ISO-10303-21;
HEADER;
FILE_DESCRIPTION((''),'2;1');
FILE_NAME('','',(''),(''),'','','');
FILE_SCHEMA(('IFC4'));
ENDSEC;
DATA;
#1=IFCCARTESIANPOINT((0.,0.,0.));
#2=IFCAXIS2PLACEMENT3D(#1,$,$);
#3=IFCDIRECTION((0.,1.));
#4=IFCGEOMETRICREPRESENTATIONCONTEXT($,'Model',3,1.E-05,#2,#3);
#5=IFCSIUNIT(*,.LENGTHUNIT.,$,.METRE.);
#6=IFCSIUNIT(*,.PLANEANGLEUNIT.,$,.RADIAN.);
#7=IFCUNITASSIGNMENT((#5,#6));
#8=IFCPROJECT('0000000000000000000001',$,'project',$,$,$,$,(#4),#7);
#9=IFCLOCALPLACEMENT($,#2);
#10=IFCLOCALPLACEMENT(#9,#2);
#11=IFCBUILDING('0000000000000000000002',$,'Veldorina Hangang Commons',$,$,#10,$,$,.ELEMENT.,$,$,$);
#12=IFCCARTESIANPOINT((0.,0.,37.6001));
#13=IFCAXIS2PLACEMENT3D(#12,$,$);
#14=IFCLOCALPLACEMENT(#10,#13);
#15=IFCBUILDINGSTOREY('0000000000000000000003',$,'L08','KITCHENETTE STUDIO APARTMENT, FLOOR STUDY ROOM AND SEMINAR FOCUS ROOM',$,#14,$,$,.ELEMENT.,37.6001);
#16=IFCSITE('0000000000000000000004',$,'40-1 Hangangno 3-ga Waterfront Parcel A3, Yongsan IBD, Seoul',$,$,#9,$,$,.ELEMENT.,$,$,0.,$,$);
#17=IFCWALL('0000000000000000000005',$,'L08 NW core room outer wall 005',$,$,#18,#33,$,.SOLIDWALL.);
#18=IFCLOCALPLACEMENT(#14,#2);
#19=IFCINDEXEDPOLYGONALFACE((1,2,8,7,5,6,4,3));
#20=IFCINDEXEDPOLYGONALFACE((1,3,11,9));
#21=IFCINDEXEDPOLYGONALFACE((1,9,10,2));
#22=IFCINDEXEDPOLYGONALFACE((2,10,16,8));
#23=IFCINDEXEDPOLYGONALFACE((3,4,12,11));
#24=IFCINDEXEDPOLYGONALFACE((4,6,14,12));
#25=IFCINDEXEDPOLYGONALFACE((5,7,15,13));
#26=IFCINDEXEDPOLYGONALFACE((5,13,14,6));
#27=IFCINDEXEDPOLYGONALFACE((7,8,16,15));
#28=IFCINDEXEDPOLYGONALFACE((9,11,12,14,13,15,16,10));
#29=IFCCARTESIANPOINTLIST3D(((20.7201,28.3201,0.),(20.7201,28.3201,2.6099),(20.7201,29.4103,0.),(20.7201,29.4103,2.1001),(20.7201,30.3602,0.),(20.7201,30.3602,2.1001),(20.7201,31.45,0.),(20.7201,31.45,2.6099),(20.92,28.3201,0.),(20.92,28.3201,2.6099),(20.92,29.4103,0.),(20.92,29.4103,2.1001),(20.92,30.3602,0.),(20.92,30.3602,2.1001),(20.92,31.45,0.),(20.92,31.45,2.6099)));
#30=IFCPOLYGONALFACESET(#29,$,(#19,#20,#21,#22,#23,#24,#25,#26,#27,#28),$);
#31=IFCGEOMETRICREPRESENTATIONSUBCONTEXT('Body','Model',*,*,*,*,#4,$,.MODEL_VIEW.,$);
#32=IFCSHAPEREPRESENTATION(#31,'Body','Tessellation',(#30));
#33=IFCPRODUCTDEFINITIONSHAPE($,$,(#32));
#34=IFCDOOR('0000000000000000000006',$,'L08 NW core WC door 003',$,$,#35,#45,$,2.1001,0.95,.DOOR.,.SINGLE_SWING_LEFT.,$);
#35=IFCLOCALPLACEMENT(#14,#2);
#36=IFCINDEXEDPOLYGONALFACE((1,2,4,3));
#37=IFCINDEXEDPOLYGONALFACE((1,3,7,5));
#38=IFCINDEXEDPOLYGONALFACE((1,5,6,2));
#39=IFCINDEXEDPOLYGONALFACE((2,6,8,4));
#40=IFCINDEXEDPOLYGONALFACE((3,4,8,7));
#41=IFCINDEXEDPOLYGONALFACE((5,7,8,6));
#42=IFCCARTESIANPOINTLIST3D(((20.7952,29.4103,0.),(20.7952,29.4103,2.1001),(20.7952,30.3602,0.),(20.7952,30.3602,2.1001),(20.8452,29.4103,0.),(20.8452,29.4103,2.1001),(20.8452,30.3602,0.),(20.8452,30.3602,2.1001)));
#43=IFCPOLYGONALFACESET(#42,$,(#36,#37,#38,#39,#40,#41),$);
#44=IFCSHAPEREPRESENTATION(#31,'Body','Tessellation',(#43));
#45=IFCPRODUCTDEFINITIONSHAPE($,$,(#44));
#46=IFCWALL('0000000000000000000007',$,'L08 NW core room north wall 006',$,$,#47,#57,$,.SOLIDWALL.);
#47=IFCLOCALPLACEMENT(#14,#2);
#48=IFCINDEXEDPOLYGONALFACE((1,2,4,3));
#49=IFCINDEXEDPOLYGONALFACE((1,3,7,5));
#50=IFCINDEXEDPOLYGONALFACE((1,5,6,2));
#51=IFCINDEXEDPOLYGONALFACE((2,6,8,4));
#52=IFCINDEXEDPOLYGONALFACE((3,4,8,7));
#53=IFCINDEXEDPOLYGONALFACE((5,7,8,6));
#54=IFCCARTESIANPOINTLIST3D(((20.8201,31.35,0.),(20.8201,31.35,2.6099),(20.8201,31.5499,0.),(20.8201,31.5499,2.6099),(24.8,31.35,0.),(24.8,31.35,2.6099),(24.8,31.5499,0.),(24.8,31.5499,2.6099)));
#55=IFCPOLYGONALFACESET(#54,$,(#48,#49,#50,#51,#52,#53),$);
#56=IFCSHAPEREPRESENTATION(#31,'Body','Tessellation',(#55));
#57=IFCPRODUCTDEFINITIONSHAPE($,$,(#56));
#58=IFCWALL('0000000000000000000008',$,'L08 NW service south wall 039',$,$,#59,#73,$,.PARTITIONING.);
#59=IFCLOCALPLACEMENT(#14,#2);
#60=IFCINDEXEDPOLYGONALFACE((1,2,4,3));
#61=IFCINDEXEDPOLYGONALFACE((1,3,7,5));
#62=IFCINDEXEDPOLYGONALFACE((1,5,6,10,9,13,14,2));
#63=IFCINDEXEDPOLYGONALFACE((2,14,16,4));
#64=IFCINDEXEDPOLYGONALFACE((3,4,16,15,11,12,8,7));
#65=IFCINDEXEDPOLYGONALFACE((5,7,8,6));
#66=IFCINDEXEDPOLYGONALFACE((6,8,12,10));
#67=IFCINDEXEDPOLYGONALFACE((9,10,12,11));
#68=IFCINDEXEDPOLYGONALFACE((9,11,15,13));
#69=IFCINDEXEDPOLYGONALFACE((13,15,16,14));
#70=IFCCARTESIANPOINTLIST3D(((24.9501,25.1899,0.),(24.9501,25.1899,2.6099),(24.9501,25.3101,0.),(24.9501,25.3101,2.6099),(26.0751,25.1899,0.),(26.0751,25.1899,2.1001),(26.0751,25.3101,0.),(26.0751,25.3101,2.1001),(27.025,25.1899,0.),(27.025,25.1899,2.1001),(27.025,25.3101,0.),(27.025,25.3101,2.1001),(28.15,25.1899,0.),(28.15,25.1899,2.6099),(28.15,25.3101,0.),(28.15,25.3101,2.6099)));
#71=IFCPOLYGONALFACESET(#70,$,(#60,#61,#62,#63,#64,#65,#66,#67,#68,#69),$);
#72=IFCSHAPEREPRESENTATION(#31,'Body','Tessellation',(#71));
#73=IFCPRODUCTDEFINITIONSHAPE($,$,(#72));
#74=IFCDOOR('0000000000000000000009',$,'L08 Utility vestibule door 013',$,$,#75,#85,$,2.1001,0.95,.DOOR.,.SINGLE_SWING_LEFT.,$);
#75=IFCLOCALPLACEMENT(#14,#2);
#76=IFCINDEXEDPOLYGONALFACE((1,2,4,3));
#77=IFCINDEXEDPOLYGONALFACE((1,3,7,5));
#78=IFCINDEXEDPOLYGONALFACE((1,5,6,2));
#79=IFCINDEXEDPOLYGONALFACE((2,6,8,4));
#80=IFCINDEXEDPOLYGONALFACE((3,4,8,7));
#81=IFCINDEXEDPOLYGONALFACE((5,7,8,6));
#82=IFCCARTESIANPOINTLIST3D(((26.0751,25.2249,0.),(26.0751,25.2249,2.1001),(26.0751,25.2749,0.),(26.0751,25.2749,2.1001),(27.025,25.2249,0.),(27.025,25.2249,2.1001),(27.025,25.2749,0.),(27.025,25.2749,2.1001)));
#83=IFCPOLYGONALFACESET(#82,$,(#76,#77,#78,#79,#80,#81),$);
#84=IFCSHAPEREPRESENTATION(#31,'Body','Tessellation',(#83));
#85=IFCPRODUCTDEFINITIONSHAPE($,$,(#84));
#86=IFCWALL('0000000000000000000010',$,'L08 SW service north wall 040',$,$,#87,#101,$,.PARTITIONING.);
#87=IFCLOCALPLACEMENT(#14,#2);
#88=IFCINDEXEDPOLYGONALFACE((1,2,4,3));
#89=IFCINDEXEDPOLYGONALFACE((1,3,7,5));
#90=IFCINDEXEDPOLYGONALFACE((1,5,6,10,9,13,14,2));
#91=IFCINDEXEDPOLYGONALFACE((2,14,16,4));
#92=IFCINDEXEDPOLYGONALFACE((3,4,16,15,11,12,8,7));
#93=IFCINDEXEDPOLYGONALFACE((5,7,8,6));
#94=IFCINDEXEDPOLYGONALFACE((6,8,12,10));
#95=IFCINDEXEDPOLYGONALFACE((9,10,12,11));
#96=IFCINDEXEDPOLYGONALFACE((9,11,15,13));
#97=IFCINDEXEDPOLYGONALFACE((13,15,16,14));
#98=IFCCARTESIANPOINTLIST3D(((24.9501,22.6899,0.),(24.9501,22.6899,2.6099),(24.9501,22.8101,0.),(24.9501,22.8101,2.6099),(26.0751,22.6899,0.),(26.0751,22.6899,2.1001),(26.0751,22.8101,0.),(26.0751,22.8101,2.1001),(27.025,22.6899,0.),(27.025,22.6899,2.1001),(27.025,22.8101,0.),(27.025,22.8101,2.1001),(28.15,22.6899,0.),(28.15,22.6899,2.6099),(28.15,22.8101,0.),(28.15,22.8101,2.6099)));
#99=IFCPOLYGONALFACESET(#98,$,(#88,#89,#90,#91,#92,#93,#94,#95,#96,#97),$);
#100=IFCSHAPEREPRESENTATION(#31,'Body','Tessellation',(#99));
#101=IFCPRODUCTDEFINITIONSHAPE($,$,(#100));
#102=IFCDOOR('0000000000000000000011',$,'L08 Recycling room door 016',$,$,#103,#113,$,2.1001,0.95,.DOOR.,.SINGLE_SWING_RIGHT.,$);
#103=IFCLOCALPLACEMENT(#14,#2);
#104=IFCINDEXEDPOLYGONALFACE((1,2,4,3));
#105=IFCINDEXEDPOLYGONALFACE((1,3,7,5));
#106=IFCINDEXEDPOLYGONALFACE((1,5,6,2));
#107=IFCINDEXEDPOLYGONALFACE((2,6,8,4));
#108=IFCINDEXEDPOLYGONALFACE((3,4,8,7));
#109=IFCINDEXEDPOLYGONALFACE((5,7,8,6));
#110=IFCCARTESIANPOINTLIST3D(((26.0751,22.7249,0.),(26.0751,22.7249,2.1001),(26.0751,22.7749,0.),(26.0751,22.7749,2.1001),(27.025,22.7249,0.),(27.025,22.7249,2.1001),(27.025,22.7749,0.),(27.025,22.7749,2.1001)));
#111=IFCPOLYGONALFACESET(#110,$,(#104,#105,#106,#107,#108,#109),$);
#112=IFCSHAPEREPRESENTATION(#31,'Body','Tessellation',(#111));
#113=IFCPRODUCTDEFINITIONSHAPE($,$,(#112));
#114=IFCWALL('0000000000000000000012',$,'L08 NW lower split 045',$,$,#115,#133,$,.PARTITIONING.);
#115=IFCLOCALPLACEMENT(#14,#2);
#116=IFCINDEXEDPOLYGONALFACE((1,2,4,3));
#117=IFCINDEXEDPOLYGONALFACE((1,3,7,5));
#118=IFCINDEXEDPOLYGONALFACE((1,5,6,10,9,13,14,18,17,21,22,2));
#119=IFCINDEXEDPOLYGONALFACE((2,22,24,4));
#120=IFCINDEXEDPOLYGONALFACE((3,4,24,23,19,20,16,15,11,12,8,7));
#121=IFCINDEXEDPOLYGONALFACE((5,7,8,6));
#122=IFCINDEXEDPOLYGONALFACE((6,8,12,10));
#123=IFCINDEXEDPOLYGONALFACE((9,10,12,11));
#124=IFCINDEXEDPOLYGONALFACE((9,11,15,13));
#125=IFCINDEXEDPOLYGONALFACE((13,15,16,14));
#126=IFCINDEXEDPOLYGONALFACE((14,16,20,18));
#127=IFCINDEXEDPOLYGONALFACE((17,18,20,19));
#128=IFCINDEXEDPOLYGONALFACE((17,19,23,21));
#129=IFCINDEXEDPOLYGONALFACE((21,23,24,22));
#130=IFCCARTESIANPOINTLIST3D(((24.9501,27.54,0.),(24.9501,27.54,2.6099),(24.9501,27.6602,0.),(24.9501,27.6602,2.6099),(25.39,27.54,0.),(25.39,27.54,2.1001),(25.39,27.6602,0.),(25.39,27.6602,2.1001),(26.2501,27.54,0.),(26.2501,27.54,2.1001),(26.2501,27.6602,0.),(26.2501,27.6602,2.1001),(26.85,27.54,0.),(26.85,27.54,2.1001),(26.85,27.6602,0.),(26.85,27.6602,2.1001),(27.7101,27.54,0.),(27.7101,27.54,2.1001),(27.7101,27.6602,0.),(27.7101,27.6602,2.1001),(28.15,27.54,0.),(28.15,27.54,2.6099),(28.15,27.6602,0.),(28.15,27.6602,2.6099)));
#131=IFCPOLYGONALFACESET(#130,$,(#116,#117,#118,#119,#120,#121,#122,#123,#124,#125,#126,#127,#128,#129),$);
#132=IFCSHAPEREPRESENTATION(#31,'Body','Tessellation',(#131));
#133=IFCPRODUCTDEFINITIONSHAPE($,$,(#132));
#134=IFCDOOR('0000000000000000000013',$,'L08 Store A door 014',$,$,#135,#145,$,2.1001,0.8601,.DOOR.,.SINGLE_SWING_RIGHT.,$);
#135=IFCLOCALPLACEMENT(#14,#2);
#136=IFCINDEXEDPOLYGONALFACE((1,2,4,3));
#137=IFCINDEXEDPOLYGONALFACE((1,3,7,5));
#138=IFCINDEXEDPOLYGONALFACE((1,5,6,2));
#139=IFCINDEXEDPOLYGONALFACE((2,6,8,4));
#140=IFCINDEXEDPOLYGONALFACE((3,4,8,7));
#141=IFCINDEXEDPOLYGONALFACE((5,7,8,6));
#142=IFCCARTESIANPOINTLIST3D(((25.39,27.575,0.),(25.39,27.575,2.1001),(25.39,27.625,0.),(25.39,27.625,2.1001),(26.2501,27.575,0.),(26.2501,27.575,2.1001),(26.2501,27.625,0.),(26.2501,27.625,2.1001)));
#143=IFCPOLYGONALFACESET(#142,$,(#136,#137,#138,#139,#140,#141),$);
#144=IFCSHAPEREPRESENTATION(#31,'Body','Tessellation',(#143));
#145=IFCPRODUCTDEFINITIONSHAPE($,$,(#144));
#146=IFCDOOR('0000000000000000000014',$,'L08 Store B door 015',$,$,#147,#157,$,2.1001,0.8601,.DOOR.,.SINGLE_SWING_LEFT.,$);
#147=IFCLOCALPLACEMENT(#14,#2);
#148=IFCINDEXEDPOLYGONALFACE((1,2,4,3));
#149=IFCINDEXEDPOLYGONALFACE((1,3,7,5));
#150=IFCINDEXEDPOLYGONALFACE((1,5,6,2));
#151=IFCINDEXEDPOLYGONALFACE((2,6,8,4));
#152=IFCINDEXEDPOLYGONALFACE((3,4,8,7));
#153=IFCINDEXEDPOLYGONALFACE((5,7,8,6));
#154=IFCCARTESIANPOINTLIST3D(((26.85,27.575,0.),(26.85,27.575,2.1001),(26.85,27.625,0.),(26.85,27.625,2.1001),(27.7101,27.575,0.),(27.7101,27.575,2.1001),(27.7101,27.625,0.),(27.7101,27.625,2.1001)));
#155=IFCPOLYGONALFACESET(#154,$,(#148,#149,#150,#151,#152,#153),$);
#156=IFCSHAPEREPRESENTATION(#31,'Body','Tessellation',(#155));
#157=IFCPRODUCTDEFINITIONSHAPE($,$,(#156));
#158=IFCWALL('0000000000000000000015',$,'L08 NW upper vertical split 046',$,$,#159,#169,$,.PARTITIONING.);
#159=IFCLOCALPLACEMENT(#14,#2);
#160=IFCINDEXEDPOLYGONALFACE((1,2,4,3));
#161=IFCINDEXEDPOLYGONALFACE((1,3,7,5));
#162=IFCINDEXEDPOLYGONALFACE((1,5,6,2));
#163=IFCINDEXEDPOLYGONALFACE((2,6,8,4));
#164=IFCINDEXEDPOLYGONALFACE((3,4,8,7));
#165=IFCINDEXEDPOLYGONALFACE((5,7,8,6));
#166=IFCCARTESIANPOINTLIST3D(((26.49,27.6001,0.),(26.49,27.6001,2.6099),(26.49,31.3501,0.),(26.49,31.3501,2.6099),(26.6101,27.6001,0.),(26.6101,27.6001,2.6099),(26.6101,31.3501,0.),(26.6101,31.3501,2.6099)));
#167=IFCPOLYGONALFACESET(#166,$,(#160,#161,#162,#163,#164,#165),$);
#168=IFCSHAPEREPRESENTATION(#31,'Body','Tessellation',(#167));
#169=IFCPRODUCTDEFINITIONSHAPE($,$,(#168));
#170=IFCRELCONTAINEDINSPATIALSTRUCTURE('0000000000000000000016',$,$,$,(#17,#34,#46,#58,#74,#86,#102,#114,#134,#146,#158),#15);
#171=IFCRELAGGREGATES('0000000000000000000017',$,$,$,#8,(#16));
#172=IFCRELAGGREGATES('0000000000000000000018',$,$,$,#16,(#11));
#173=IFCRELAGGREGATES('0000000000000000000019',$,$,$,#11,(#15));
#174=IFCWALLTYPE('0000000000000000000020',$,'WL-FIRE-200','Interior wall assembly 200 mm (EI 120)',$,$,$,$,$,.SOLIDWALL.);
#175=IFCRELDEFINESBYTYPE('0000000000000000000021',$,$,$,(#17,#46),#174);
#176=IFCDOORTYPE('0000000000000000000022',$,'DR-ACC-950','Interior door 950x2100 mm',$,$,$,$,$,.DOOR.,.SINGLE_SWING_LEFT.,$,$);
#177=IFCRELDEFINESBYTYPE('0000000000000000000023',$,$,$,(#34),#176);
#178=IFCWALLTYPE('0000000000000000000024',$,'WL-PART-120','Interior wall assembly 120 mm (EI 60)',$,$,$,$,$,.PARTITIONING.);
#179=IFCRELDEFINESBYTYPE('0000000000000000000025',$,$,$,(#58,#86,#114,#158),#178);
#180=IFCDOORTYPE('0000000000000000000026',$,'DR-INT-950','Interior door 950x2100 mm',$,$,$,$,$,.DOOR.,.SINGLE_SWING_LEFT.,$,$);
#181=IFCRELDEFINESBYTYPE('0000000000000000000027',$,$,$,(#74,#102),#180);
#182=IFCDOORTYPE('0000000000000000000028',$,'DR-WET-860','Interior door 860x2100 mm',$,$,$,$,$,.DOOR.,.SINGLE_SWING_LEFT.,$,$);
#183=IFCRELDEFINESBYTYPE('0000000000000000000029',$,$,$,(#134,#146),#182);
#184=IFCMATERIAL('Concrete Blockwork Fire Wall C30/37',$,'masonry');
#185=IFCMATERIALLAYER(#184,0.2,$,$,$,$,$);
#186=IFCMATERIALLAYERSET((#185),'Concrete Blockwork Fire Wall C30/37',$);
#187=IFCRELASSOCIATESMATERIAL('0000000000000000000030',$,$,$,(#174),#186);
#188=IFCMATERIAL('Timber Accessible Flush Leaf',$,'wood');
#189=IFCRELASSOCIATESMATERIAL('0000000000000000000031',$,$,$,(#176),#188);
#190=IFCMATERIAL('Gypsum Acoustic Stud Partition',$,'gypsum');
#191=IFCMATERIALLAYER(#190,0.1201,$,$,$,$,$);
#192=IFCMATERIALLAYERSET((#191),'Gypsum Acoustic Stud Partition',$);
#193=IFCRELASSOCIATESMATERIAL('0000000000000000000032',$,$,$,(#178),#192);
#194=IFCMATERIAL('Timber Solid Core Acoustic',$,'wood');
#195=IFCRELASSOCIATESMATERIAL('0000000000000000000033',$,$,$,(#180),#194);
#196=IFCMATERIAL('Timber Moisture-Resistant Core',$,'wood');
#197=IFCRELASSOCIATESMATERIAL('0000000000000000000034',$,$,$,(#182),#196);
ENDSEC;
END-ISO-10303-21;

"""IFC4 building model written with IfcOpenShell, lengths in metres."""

from ifc_helpers import new_model, si_unit, direction, frame, frame_2d, origin, place, context, subcontext, project, spatial, rectangle, extrude, material, layer, layer_set, type_object, element, fill, save


model = new_model("IFC4")

# Units and contexts
model_context = context("Model", 3, precision=1e-05, world=origin(), true_north=direction((0.0, 1.0)))
body_context = subcontext(model_context, "Body", "Model", "MODEL_VIEW")
ifc_project = project(units=[si_unit("LENGTHUNIT", "METRE"), si_unit("PLANEANGLEUNIT", "RADIAN")], contexts=[model_context])

# Site, building, storey
site_placement = place(None, origin())
site = spatial("IfcSite", under=ifc_project, at=site_placement, Name="40-1 Hangangno 3-ga Waterfront Parcel A3, Yongsan IBD, Seoul", CompositionType="ELEMENT", RefElevation=0.0)
building_placement = place(site_placement, origin())
building = spatial("IfcBuilding", under=site, at=building_placement, Name="Veldorina Hangang Commons", CompositionType="ELEMENT")
storey_placement = place(building_placement, frame((0.0, 0.0, 37.6001)))
storey = spatial("IfcBuildingStorey", under=building, at=storey_placement, Name="L08", Description="KITCHENETTE STUDIO APARTMENT, FLOOR STUDY ROOM AND SEMINAR FOCUS ROOM", CompositionType="ELEMENT", Elevation=37.6001)

# Wall, opening, door
ifc_material_1 = material(Name="Concrete Blockwork Fire Wall C30/37", Category="masonry")
ifc_layer_1 = layer(ifc_material_1, 0.2)
ifc_layer_set_1 = layer_set([ifc_layer_1], Name="Concrete Blockwork Fire Wall C30/37")
wall_type_1 = type_object("IfcWallType", Name="WL-FIRE-200", Description="Interior wall assembly 200 mm (EI 120)", PredefinedType="SOLIDWALL", material=ifc_layer_set_1)
wall_1_placement = place(storey_placement, frame((20.8201, 28.3201, 0.0), z_axis=(0.0, 0.0, 1.0), x_axis=(0.0, 1.0, 0.0)))
wall_1 = element("IfcWall", 1, at=wall_1_placement, inside=storey, type_object=wall_type_1, Name="L08 NW core room outer wall 005", PredefinedType="SOLIDWALL", context=body_context, shape_type="SweptSolid", body=[
    extrude(rectangle(XDim=3.1299, YDim=0.2, at=frame_2d((1.5649, 0.0))), origin(), (0.0, 0.0, 1.0), 2.6099),
])
opening_1_placement = place(wall_1_placement, frame((1.0901, 0.0, 0.0)))
opening_1 = element("IfcOpeningElement", 2, at=opening_1_placement, cuts=wall_1, PredefinedType="OPENING", context=body_context, shape_type="SweptSolid", body=[
    extrude(rectangle(XDim=0.95, YDim=2.1001, at=frame_2d((0.4751, 1.05))), frame((0.0, 0.1099, 0.0), z_axis=(0.0, -1.0, 0.0), x_axis=(1.0, 0.0, 0.0)), (0.0, 0.0, 1.0), 0.22),
])
ifc_material_2 = material(Name="Timber Accessible Flush Leaf", Category="wood")
door_type_1 = type_object("IfcDoorType", Name="DR-ACC-950", Description="Interior door 950x2100 mm", OperationType="SINGLE_SWING_LEFT", PredefinedType="DOOR", material=ifc_material_2)
door_1_placement = place(opening_1_placement, origin())
door_1 = element("IfcDoor", 3, at=door_1_placement, inside=storey, type_object=door_type_1, Name="L08 NW core WC door 003", OperationType="SINGLE_SWING_LEFT", OverallHeight=2.1001, OverallWidth=0.95, PredefinedType="DOOR", context=body_context, shape_type="SweptSolid", body=[
    extrude(rectangle(XDim=0.95, YDim=2.1001, at=frame_2d((0.4751, 1.05))), frame((0.0, 0.0249, 0.0), z_axis=(0.0, -1.0, 0.0), x_axis=(1.0, 0.0, 0.0)), (0.0, 0.0, 1.0), 0.05),
])
fill(opening_1, door_1)

# Wall
wall_2_placement = place(storey_placement, frame((20.8201, 31.45, 0.0), z_axis=(0.0, 0.0, 1.0), x_axis=(1.0, 0.0, 0.0)))
element("IfcWall", 4, at=wall_2_placement, inside=storey, type_object=wall_type_1, Name="L08 NW core room north wall 006", PredefinedType="SOLIDWALL", context=body_context, shape_type="SweptSolid", body=[
    extrude(rectangle(XDim=3.98, YDim=0.2, at=frame_2d((1.99, 0.0))), origin(), (0.0, 0.0, 1.0), 2.6099),
])

# Walls, openings, doors
ifc_material_3 = material(Name="Gypsum Acoustic Stud Partition", Category="gypsum")
ifc_layer_2 = layer(ifc_material_3, 0.1201)
ifc_layer_set_2 = layer_set([ifc_layer_2], Name="Gypsum Acoustic Stud Partition")
wall_type_2 = type_object("IfcWallType", Name="WL-PART-120", Description="Interior wall assembly 120 mm (EI 60)", PredefinedType="PARTITIONING", material=ifc_layer_set_2)
wall_3_placement = place(storey_placement, frame((24.95, 25.25, 0.0), z_axis=(0.0, 0.0, 1.0), x_axis=(1.0, 0.0, 0.0)))
wall_3 = element("IfcWall", 5, at=wall_3_placement, inside=storey, type_object=wall_type_2, Name="L08 NW service south wall 039", PredefinedType="PARTITIONING", context=body_context, shape_type="SweptSolid", body=[
    extrude(rectangle(XDim=3.2, YDim=0.1201, at=frame_2d((1.6001, 0.0))), origin(), (0.0, 0.0, 1.0), 2.6099),
])
opening_2_placement = place(wall_3_placement, frame((1.125, 0.0, 0.0)))
opening_2 = element("IfcOpeningElement", 6, at=opening_2_placement, cuts=wall_3, PredefinedType="OPENING", context=body_context, shape_type="SweptSolid", body=[
    extrude(rectangle(XDim=0.95, YDim=2.1001, at=frame_2d((0.4751, 1.05))), frame((0.0, 0.0701, 0.0), z_axis=(0.0, -1.0, 0.0), x_axis=(1.0, 0.0, 0.0)), (0.0, 0.0, 1.0), 0.1401),
])
ifc_material_4 = material(Name="Timber Solid Core Acoustic", Category="wood")
door_type_2 = type_object("IfcDoorType", Name="DR-INT-950", Description="Interior door 950x2100 mm", OperationType="SINGLE_SWING_LEFT", PredefinedType="DOOR", material=ifc_material_4)
door_2_placement = place(opening_2_placement, origin())
door_2 = element("IfcDoor", 7, at=door_2_placement, inside=storey, type_object=door_type_2, Name="L08 Utility vestibule door 013", OperationType="SINGLE_SWING_LEFT", OverallHeight=2.1001, OverallWidth=0.95, PredefinedType="DOOR", context=body_context, shape_type="SweptSolid", body=[
    extrude(rectangle(XDim=0.95, YDim=2.1001, at=frame_2d((0.4751, 1.05))), frame((0.0, 0.0249, 0.0), z_axis=(0.0, -1.0, 0.0), x_axis=(1.0, 0.0, 0.0)), (0.0, 0.0, 1.0), 0.05),
])
fill(opening_2, door_2)
wall_4_placement = place(storey_placement, frame((24.95, 22.75, 0.0), z_axis=(0.0, 0.0, 1.0), x_axis=(1.0, 0.0, 0.0)))
wall_4 = element("IfcWall", 8, at=wall_4_placement, inside=storey, type_object=wall_type_2, Name="L08 SW service north wall 040", PredefinedType="PARTITIONING", context=body_context, shape_type="SweptSolid", body=[
    extrude(rectangle(XDim=3.2, YDim=0.1201, at=frame_2d((1.6001, 0.0))), origin(), (0.0, 0.0, 1.0), 2.6099),
])
opening_3_placement = place(wall_4_placement, frame((1.125, 0.0, 0.0)))
opening_3 = element("IfcOpeningElement", 9, at=opening_3_placement, cuts=wall_4, PredefinedType="OPENING", context=body_context, shape_type="SweptSolid", body=[
    extrude(rectangle(XDim=0.95, YDim=2.1001, at=frame_2d((0.4751, 1.05))), frame((0.0, 0.0701, 0.0), z_axis=(0.0, -1.0, 0.0), x_axis=(1.0, 0.0, 0.0)), (0.0, 0.0, 1.0), 0.1401),
])
door_3_placement = place(opening_3_placement, origin())
door_3 = element("IfcDoor", 10, at=door_3_placement, inside=storey, type_object=door_type_2, Name="L08 Recycling room door 016", OperationType="SINGLE_SWING_RIGHT", OverallHeight=2.1001, OverallWidth=0.95, PredefinedType="DOOR", context=body_context, shape_type="SweptSolid", body=[
    extrude(rectangle(XDim=0.95, YDim=2.1001, at=frame_2d((0.4751, 1.05))), frame((0.0, 0.0249, 0.0), z_axis=(0.0, -1.0, 0.0), x_axis=(1.0, 0.0, 0.0)), (0.0, 0.0, 1.0), 0.05),
])
fill(opening_3, door_3)

# Wall, openings, doors
wall_5_placement = place(storey_placement, frame((24.95, 27.6001, 0.0), z_axis=(0.0, 0.0, 1.0), x_axis=(1.0, 0.0, 0.0)))
wall_5 = element("IfcWall", 11, at=wall_5_placement, inside=storey, type_object=wall_type_2, Name="L08 NW lower split 045", PredefinedType="PARTITIONING", context=body_context, shape_type="SweptSolid", body=[
    extrude(rectangle(XDim=3.2, YDim=0.1201, at=frame_2d((1.6001, 0.0))), origin(), (0.0, 0.0, 1.0), 2.6099),
])
opening_4_placement = place(wall_5_placement, frame((0.4399, 0.0, 0.0)))
opening_4 = element("IfcOpeningElement", 12, at=opening_4_placement, cuts=wall_5, PredefinedType="OPENING", context=body_context, shape_type="SweptSolid", body=[
    extrude(rectangle(XDim=0.8601, YDim=2.1001, at=frame_2d((0.4302, 1.05))), frame((0.0, 0.0701, 0.0), z_axis=(0.0, -1.0, 0.0), x_axis=(1.0, 0.0, 0.0)), (0.0, 0.0, 1.0), 0.1401),
])
opening_5_placement = place(wall_5_placement, frame((1.8999, 0.0, 0.0)))
opening_5 = element("IfcOpeningElement", 13, at=opening_5_placement, cuts=wall_5, PredefinedType="OPENING", context=body_context, shape_type="SweptSolid", body=[
    extrude(rectangle(XDim=0.8601, YDim=2.1001, at=frame_2d((0.4302, 1.05))), frame((0.0, 0.0701, 0.0), z_axis=(0.0, -1.0, 0.0), x_axis=(1.0, 0.0, 0.0)), (0.0, 0.0, 1.0), 0.1401),
])
ifc_material_5 = material(Name="Timber Moisture-Resistant Core", Category="wood")
door_type_3 = type_object("IfcDoorType", Name="DR-WET-860", Description="Interior door 860x2100 mm", OperationType="SINGLE_SWING_LEFT", PredefinedType="DOOR", material=ifc_material_5)
door_4_placement = place(opening_4_placement, origin())
door_4 = element("IfcDoor", 14, at=door_4_placement, inside=storey, type_object=door_type_3, Name="L08 Store A door 014", OperationType="SINGLE_SWING_RIGHT", OverallHeight=2.1001, OverallWidth=0.8601, PredefinedType="DOOR", context=body_context, shape_type="SweptSolid", body=[
    extrude(rectangle(XDim=0.8601, YDim=2.1001, at=frame_2d((0.4302, 1.05))), frame((0.0, 0.0249, 0.0), z_axis=(0.0, -1.0, 0.0), x_axis=(1.0, 0.0, 0.0)), (0.0, 0.0, 1.0), 0.05),
])
fill(opening_4, door_4)
door_5_placement = place(opening_5_placement, origin())
door_5 = element("IfcDoor", 15, at=door_5_placement, inside=storey, type_object=door_type_3, Name="L08 Store B door 015", OperationType="SINGLE_SWING_LEFT", OverallHeight=2.1001, OverallWidth=0.8601, PredefinedType="DOOR", context=body_context, shape_type="SweptSolid", body=[
    extrude(rectangle(XDim=0.8601, YDim=2.1001, at=frame_2d((0.4302, 1.05))), frame((0.0, 0.0249, 0.0), z_axis=(0.0, -1.0, 0.0), x_axis=(1.0, 0.0, 0.0)), (0.0, 0.0, 1.0), 0.05),
])
fill(opening_5, door_5)

# Wall
wall_6_placement = place(storey_placement, frame((26.55, 27.6001, 0.0), z_axis=(0.0, 0.0, 1.0), x_axis=(0.0, 1.0, 0.0)))
element("IfcWall", 16, at=wall_6_placement, inside=storey, type_object=wall_type_2, Name="L08 NW upper vertical split 046", PredefinedType="PARTITIONING", context=body_context, shape_type="SweptSolid", body=[
    extrude(rectangle(XDim=3.75, YDim=0.1201, at=frame_2d((1.875, 0.0))), origin(), (0.0, 0.0, 1.0), 2.6099),
])

save(model, "model.ifc")
